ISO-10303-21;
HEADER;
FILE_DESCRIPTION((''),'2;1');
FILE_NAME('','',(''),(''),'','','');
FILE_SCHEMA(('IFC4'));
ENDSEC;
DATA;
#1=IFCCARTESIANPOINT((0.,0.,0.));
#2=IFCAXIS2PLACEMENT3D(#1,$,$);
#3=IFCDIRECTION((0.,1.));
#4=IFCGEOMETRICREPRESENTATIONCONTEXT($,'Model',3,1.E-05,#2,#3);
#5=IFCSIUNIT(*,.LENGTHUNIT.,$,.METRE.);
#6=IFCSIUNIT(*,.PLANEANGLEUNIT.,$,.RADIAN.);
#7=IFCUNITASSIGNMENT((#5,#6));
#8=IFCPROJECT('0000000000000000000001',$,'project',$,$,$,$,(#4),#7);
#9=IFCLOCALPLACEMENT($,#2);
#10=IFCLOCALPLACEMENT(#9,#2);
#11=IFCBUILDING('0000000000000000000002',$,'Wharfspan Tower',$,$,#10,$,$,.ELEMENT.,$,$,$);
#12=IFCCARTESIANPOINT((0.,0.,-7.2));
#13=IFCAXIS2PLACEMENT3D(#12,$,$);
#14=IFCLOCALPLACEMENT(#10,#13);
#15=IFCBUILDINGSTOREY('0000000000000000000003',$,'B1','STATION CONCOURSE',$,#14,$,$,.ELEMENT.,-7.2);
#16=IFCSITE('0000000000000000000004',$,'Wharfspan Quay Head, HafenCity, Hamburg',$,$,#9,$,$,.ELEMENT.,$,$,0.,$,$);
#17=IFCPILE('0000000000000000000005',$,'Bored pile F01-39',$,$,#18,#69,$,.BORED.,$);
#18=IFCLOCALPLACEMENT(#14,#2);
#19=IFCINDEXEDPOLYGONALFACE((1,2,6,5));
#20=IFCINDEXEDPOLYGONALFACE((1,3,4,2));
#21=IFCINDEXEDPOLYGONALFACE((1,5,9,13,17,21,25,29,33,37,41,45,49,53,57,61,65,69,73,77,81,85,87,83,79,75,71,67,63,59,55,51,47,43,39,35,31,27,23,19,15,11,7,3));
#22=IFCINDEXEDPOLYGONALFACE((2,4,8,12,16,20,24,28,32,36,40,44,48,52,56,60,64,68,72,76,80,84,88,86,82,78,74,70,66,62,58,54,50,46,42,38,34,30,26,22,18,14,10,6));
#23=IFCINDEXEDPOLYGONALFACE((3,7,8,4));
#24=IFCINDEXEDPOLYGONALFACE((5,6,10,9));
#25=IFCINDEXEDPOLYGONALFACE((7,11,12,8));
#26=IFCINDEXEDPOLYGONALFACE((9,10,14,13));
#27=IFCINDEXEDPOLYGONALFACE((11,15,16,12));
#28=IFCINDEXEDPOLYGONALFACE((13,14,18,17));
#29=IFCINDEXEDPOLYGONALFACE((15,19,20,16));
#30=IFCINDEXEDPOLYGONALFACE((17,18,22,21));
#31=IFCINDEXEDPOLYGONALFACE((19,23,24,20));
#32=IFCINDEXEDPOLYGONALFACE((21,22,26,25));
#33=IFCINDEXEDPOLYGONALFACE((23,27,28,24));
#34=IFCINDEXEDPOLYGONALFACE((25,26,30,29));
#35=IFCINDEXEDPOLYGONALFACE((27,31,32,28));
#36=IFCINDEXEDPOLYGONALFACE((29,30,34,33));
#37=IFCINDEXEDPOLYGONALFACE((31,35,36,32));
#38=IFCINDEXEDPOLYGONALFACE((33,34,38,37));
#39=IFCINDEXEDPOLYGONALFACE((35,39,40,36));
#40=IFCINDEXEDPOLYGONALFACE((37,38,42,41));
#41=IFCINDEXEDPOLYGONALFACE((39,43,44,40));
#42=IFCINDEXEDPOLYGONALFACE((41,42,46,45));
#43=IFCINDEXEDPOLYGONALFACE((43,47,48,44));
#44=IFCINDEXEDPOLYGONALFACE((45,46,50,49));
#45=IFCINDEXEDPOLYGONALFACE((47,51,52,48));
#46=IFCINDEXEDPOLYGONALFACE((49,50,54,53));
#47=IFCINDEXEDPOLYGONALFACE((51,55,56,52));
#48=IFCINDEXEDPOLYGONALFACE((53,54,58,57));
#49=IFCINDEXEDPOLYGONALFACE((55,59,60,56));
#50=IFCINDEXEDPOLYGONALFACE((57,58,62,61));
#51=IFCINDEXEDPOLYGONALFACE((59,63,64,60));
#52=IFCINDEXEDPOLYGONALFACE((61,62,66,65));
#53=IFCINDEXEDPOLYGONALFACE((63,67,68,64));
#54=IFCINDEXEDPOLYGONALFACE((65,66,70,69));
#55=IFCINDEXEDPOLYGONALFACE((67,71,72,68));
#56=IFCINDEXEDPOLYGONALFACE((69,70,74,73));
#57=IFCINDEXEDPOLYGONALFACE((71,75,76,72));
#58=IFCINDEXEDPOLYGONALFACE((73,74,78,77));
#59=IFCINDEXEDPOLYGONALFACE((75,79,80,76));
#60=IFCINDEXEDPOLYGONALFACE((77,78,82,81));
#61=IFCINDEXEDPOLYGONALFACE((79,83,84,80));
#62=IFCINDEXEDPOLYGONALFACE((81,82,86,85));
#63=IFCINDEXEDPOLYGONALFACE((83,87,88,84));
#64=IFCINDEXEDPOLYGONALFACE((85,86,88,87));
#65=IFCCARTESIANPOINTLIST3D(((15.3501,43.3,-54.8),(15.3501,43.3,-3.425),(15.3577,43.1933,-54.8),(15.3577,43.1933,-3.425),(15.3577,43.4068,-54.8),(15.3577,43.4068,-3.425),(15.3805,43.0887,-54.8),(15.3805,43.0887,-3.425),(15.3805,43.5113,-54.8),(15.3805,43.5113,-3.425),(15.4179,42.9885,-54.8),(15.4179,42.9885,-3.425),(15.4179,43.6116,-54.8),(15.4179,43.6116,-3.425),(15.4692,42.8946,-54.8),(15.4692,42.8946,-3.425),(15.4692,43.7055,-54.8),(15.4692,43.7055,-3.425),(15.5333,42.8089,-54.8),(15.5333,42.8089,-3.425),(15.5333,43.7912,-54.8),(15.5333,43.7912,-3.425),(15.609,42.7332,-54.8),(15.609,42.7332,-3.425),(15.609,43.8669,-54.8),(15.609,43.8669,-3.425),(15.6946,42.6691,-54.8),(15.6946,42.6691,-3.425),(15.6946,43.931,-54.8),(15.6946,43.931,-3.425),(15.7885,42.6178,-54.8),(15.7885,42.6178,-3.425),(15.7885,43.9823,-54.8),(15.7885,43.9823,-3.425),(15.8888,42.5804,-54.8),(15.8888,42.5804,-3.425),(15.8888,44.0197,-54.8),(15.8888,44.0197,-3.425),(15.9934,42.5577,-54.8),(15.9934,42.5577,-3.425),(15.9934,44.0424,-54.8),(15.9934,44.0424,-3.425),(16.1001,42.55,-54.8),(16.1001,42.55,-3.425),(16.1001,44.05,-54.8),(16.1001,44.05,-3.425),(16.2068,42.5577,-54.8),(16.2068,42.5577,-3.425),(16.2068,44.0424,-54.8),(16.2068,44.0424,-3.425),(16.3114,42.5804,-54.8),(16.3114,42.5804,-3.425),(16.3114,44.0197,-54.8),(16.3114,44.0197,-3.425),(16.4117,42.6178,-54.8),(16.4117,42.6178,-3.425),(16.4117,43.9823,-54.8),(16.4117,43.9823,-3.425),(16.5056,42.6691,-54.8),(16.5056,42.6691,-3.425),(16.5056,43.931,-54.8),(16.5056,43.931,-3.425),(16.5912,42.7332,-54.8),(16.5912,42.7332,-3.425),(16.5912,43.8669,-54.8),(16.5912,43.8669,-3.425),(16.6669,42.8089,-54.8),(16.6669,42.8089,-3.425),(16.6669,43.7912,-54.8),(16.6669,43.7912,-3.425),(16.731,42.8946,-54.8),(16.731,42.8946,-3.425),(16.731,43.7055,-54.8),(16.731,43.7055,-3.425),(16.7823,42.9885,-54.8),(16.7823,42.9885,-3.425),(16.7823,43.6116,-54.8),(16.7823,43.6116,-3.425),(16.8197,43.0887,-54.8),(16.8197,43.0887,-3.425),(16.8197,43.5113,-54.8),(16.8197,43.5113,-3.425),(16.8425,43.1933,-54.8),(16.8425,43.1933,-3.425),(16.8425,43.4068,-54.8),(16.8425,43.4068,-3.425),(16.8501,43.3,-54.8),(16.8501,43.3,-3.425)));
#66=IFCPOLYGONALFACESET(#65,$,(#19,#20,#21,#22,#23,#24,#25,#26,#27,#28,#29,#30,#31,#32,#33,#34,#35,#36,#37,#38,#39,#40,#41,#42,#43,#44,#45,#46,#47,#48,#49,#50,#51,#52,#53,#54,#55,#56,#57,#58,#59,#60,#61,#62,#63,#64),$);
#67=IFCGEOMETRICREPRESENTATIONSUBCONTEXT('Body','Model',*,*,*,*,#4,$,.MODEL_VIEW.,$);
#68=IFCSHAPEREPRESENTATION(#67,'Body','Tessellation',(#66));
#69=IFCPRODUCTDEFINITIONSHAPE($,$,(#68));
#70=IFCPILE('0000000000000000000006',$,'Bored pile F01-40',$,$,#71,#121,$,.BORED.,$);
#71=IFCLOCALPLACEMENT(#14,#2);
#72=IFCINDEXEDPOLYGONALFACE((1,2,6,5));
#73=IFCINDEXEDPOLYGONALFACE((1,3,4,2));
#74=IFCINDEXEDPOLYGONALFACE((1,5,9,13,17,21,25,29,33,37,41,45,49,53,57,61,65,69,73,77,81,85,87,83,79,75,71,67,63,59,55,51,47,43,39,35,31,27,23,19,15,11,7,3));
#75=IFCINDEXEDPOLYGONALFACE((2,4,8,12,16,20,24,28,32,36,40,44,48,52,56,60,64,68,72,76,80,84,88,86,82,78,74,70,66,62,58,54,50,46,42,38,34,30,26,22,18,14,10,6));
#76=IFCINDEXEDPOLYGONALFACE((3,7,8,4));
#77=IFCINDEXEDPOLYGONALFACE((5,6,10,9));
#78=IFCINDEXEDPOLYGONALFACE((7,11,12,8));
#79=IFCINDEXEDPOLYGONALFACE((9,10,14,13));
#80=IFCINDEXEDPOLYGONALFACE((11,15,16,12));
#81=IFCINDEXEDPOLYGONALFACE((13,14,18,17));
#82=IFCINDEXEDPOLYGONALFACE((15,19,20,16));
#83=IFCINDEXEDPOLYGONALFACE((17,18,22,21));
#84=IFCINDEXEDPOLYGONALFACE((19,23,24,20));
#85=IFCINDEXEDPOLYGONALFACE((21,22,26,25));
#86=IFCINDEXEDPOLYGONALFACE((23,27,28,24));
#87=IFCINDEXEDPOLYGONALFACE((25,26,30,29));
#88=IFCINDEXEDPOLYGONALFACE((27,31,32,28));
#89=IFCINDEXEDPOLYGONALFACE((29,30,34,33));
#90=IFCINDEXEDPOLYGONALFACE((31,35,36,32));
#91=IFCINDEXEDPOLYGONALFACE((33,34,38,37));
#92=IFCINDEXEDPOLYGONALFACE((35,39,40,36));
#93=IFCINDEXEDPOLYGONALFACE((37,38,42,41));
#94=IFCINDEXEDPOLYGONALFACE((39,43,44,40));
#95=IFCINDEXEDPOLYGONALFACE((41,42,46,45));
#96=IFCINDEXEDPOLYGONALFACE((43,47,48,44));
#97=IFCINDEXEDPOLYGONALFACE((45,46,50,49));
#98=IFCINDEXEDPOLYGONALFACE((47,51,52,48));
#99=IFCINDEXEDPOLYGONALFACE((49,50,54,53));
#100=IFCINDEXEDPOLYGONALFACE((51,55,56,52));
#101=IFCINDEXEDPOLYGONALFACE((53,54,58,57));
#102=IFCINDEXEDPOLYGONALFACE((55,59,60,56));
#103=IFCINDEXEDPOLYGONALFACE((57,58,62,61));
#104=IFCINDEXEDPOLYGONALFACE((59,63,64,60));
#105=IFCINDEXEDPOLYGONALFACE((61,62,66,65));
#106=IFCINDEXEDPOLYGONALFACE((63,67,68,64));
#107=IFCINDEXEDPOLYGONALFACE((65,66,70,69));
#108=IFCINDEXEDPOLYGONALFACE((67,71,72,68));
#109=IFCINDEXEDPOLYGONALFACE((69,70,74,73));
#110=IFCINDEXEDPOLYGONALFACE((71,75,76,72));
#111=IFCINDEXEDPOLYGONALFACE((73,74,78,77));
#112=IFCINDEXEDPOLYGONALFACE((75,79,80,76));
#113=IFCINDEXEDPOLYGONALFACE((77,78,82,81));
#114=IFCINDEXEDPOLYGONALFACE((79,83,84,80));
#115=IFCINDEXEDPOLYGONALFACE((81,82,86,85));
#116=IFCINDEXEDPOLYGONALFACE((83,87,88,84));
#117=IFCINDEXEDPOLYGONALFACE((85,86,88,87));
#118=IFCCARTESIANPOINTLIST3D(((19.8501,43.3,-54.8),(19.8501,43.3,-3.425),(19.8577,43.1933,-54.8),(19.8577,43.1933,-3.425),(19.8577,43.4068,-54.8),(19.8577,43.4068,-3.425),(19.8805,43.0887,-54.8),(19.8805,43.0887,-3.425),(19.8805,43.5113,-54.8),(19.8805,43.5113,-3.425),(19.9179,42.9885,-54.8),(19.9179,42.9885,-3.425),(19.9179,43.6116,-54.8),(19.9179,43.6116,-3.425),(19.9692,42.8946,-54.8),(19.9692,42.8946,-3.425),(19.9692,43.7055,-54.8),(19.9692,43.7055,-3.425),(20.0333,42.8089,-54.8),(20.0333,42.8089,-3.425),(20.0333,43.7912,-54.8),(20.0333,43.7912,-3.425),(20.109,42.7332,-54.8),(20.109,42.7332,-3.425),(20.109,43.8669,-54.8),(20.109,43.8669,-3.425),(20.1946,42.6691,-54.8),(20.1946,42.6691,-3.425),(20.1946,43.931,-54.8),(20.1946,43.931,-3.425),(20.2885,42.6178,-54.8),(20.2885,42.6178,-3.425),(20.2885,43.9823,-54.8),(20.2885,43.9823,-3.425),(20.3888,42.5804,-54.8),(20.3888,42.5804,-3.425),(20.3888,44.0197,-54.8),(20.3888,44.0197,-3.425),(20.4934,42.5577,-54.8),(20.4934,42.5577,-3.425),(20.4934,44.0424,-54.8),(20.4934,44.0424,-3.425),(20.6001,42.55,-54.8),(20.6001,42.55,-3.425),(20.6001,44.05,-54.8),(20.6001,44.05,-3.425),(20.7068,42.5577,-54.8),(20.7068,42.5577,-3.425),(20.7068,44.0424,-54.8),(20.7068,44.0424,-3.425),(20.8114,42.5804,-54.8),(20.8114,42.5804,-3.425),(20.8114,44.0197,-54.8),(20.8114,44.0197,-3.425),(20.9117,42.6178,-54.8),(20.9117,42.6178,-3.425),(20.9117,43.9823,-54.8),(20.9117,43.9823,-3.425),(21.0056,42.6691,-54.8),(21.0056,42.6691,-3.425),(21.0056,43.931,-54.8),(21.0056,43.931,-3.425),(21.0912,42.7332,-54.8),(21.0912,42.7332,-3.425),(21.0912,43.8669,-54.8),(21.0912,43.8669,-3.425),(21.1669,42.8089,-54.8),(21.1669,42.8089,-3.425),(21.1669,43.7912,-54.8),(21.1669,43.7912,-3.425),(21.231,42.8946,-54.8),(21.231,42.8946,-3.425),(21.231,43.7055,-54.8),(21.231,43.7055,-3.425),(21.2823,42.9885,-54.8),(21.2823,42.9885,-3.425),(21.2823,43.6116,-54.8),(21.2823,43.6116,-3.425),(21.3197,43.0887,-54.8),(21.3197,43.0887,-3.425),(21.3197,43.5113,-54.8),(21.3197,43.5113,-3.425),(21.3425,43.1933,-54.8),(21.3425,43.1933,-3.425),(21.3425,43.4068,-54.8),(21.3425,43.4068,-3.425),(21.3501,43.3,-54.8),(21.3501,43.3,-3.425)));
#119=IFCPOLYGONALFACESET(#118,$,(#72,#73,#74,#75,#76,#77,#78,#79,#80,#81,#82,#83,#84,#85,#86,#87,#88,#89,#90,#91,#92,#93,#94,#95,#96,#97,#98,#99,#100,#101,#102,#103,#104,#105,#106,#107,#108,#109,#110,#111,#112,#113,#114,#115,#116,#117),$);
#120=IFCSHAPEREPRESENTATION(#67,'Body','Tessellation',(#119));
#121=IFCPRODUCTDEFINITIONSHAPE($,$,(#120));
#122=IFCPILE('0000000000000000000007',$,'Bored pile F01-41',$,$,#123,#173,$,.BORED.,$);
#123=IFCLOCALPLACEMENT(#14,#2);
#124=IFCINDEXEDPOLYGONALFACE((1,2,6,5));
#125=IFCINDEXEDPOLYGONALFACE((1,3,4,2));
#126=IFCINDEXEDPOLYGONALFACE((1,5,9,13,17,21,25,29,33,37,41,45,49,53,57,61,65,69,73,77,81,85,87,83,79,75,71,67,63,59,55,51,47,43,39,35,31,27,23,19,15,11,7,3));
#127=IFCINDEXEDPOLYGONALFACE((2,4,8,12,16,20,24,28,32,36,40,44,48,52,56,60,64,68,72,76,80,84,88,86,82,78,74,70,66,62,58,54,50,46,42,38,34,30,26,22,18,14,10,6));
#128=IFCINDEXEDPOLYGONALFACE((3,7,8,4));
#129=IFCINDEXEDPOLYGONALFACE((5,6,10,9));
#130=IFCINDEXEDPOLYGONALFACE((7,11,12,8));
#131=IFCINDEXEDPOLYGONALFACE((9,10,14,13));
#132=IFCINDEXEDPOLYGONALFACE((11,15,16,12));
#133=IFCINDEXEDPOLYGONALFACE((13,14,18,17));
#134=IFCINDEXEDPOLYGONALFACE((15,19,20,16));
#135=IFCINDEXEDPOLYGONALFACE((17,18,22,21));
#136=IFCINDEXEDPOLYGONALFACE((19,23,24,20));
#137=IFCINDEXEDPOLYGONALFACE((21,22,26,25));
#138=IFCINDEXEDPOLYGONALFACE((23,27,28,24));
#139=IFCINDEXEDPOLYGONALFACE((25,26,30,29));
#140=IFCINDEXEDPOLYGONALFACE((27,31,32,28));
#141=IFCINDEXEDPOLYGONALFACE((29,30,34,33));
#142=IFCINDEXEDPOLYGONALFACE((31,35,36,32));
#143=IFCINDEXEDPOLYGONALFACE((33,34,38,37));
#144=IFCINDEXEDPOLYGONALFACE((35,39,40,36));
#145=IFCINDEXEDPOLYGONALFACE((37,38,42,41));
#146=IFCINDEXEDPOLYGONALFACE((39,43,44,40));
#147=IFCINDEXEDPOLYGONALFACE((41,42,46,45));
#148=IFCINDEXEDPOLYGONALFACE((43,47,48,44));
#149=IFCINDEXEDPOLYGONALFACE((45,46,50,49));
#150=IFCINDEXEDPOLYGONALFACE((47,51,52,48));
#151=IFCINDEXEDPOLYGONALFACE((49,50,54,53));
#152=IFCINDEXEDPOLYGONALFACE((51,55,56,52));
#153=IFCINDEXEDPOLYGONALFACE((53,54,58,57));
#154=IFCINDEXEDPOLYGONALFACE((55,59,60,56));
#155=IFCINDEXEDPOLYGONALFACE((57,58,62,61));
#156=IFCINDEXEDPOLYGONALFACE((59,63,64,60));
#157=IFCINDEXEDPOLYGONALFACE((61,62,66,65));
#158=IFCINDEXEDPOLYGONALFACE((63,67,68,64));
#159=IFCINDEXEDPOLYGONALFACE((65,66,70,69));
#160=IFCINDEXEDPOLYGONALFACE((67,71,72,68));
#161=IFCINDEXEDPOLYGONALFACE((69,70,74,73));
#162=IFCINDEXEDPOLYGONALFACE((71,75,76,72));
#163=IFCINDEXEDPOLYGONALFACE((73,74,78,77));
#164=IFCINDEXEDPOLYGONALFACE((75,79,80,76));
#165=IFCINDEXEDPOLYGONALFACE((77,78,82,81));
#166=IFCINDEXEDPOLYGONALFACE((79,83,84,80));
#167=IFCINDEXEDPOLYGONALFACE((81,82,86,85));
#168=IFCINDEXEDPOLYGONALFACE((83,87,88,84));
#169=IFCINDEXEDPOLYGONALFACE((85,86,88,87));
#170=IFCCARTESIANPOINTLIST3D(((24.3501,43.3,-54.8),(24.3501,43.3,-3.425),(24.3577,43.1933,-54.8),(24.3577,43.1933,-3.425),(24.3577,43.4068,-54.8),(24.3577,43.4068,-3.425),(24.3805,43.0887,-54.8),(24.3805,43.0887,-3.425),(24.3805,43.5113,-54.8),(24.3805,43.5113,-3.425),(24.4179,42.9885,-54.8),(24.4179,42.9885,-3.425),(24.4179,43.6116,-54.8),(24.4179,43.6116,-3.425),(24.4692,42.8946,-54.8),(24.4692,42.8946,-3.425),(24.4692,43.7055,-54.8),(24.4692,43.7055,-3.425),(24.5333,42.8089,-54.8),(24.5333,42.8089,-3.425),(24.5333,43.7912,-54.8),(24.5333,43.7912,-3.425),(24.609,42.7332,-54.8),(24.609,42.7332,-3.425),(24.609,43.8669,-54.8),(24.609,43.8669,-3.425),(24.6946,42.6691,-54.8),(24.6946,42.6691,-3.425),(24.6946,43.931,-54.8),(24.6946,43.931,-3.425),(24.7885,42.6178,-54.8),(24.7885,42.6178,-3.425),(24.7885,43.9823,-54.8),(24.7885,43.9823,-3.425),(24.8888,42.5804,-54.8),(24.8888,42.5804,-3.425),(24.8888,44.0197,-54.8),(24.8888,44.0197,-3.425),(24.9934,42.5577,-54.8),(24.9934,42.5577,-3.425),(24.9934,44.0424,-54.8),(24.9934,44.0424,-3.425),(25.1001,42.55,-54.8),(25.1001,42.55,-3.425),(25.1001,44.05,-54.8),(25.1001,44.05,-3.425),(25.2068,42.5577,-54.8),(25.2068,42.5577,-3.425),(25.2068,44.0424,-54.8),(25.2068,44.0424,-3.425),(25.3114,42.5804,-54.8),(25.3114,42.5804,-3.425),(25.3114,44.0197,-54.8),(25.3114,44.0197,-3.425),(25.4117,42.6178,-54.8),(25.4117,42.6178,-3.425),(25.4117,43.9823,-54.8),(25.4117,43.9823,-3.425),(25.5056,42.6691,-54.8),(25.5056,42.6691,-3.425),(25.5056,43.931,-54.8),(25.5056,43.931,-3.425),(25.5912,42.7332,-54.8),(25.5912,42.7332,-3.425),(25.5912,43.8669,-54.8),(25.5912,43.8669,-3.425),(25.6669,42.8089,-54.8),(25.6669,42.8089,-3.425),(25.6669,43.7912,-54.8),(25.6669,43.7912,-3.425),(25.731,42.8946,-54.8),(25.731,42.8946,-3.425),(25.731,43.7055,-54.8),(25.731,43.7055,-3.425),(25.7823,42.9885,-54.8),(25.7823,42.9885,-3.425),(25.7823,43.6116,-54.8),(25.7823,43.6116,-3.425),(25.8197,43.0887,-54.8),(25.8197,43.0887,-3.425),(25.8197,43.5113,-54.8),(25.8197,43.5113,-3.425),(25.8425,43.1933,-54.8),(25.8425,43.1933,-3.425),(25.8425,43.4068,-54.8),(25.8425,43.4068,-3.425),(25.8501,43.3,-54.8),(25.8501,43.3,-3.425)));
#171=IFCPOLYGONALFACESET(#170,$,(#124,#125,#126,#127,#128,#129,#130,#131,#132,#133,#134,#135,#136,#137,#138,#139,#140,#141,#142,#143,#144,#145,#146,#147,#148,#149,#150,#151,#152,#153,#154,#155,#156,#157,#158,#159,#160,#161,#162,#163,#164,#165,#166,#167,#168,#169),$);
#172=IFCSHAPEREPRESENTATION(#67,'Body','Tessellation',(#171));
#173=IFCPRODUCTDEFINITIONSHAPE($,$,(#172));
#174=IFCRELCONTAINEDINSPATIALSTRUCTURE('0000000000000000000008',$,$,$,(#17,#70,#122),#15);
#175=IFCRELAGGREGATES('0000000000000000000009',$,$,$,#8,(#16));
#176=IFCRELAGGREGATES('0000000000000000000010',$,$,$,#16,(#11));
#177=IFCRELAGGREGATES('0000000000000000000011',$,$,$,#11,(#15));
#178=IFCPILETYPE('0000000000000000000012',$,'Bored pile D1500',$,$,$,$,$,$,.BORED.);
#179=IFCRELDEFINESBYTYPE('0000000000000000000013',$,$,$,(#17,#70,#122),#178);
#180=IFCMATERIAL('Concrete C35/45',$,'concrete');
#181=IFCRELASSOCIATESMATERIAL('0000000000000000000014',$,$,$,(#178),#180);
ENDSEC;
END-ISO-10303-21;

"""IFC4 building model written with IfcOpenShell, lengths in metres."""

from ifc_helpers import new_model, si_unit, direction, frame, origin, origin_2d, place, context, subcontext, project, spatial, circle, extrude, material, material_profile, profile_set, type_object, element, save


model = new_model("IFC4")

# Units and contexts
model_context = context("Model", 3, precision=1e-05, world=origin(), true_north=direction((0.0, 1.0)))
body_context = subcontext(model_context, "Body", "Model", "MODEL_VIEW")
ifc_project = project(units=[si_unit("LENGTHUNIT", "METRE"), si_unit("PLANEANGLEUNIT", "RADIAN")], contexts=[model_context])

# Site, building, storey
site_placement = place(None, origin())
site = spatial("IfcSite", under=ifc_project, at=site_placement, Name="Wharfspan Quay Head, HafenCity, Hamburg", CompositionType="ELEMENT", RefElevation=0.0)
building_placement = place(site_placement, origin())
building = spatial("IfcBuilding", under=site, at=building_placement, Name="Wharfspan Tower", CompositionType="ELEMENT")
storey_placement = place(building_placement, frame((0.0, 0.0, -7.2)))
storey = spatial("IfcBuildingStorey", under=building, at=storey_placement, Name="B1", Description="STATION CONCOURSE", CompositionType="ELEMENT", Elevation=-7.2)

# Piles
ifc_material_1 = material(Name="Concrete C35/45", Category="concrete")
ifc_material_profile_1 = material_profile(ifc_material_1, circle(Radius=0.75, at=origin_2d()))
ifc_profile_set_1 = profile_set([ifc_material_profile_1], Name="Concrete C35/45")
pile_type = type_object("IfcPileType", Name="Bored pile D1500", PredefinedType="BORED", material=ifc_profile_set_1)
for number, where, z_axis, x_axis, name in (
    (1, (16.1001, 43.3, -3.425), (0.0, 0.0, -1.0), (1.0, 0.0, 0.0), "Bored pile F01-39"),
    (2, (20.6001, 43.3, -3.425), (0.0, 0.0, -1.0), (1.0, 0.0, 0.0), "Bored pile F01-40"),
    (3, (25.1001, 43.3, -3.425), (0.0, 0.0, -1.0), (1.0, 0.0, 0.0), "Bored pile F01-41"),
):
    element("IfcPile", number, at=place(storey_placement, frame(where, z_axis=z_axis, x_axis=x_axis)), inside=storey, type_object=pile_type, Name=name, PredefinedType="BORED", context=body_context, shape_type="SweptSolid", body=[
        extrude(circle(Radius=0.75, at=origin_2d()), origin(), (0.0, 0.0, 1.0), 51.375),
    ])

save(model, "model.ifc")
